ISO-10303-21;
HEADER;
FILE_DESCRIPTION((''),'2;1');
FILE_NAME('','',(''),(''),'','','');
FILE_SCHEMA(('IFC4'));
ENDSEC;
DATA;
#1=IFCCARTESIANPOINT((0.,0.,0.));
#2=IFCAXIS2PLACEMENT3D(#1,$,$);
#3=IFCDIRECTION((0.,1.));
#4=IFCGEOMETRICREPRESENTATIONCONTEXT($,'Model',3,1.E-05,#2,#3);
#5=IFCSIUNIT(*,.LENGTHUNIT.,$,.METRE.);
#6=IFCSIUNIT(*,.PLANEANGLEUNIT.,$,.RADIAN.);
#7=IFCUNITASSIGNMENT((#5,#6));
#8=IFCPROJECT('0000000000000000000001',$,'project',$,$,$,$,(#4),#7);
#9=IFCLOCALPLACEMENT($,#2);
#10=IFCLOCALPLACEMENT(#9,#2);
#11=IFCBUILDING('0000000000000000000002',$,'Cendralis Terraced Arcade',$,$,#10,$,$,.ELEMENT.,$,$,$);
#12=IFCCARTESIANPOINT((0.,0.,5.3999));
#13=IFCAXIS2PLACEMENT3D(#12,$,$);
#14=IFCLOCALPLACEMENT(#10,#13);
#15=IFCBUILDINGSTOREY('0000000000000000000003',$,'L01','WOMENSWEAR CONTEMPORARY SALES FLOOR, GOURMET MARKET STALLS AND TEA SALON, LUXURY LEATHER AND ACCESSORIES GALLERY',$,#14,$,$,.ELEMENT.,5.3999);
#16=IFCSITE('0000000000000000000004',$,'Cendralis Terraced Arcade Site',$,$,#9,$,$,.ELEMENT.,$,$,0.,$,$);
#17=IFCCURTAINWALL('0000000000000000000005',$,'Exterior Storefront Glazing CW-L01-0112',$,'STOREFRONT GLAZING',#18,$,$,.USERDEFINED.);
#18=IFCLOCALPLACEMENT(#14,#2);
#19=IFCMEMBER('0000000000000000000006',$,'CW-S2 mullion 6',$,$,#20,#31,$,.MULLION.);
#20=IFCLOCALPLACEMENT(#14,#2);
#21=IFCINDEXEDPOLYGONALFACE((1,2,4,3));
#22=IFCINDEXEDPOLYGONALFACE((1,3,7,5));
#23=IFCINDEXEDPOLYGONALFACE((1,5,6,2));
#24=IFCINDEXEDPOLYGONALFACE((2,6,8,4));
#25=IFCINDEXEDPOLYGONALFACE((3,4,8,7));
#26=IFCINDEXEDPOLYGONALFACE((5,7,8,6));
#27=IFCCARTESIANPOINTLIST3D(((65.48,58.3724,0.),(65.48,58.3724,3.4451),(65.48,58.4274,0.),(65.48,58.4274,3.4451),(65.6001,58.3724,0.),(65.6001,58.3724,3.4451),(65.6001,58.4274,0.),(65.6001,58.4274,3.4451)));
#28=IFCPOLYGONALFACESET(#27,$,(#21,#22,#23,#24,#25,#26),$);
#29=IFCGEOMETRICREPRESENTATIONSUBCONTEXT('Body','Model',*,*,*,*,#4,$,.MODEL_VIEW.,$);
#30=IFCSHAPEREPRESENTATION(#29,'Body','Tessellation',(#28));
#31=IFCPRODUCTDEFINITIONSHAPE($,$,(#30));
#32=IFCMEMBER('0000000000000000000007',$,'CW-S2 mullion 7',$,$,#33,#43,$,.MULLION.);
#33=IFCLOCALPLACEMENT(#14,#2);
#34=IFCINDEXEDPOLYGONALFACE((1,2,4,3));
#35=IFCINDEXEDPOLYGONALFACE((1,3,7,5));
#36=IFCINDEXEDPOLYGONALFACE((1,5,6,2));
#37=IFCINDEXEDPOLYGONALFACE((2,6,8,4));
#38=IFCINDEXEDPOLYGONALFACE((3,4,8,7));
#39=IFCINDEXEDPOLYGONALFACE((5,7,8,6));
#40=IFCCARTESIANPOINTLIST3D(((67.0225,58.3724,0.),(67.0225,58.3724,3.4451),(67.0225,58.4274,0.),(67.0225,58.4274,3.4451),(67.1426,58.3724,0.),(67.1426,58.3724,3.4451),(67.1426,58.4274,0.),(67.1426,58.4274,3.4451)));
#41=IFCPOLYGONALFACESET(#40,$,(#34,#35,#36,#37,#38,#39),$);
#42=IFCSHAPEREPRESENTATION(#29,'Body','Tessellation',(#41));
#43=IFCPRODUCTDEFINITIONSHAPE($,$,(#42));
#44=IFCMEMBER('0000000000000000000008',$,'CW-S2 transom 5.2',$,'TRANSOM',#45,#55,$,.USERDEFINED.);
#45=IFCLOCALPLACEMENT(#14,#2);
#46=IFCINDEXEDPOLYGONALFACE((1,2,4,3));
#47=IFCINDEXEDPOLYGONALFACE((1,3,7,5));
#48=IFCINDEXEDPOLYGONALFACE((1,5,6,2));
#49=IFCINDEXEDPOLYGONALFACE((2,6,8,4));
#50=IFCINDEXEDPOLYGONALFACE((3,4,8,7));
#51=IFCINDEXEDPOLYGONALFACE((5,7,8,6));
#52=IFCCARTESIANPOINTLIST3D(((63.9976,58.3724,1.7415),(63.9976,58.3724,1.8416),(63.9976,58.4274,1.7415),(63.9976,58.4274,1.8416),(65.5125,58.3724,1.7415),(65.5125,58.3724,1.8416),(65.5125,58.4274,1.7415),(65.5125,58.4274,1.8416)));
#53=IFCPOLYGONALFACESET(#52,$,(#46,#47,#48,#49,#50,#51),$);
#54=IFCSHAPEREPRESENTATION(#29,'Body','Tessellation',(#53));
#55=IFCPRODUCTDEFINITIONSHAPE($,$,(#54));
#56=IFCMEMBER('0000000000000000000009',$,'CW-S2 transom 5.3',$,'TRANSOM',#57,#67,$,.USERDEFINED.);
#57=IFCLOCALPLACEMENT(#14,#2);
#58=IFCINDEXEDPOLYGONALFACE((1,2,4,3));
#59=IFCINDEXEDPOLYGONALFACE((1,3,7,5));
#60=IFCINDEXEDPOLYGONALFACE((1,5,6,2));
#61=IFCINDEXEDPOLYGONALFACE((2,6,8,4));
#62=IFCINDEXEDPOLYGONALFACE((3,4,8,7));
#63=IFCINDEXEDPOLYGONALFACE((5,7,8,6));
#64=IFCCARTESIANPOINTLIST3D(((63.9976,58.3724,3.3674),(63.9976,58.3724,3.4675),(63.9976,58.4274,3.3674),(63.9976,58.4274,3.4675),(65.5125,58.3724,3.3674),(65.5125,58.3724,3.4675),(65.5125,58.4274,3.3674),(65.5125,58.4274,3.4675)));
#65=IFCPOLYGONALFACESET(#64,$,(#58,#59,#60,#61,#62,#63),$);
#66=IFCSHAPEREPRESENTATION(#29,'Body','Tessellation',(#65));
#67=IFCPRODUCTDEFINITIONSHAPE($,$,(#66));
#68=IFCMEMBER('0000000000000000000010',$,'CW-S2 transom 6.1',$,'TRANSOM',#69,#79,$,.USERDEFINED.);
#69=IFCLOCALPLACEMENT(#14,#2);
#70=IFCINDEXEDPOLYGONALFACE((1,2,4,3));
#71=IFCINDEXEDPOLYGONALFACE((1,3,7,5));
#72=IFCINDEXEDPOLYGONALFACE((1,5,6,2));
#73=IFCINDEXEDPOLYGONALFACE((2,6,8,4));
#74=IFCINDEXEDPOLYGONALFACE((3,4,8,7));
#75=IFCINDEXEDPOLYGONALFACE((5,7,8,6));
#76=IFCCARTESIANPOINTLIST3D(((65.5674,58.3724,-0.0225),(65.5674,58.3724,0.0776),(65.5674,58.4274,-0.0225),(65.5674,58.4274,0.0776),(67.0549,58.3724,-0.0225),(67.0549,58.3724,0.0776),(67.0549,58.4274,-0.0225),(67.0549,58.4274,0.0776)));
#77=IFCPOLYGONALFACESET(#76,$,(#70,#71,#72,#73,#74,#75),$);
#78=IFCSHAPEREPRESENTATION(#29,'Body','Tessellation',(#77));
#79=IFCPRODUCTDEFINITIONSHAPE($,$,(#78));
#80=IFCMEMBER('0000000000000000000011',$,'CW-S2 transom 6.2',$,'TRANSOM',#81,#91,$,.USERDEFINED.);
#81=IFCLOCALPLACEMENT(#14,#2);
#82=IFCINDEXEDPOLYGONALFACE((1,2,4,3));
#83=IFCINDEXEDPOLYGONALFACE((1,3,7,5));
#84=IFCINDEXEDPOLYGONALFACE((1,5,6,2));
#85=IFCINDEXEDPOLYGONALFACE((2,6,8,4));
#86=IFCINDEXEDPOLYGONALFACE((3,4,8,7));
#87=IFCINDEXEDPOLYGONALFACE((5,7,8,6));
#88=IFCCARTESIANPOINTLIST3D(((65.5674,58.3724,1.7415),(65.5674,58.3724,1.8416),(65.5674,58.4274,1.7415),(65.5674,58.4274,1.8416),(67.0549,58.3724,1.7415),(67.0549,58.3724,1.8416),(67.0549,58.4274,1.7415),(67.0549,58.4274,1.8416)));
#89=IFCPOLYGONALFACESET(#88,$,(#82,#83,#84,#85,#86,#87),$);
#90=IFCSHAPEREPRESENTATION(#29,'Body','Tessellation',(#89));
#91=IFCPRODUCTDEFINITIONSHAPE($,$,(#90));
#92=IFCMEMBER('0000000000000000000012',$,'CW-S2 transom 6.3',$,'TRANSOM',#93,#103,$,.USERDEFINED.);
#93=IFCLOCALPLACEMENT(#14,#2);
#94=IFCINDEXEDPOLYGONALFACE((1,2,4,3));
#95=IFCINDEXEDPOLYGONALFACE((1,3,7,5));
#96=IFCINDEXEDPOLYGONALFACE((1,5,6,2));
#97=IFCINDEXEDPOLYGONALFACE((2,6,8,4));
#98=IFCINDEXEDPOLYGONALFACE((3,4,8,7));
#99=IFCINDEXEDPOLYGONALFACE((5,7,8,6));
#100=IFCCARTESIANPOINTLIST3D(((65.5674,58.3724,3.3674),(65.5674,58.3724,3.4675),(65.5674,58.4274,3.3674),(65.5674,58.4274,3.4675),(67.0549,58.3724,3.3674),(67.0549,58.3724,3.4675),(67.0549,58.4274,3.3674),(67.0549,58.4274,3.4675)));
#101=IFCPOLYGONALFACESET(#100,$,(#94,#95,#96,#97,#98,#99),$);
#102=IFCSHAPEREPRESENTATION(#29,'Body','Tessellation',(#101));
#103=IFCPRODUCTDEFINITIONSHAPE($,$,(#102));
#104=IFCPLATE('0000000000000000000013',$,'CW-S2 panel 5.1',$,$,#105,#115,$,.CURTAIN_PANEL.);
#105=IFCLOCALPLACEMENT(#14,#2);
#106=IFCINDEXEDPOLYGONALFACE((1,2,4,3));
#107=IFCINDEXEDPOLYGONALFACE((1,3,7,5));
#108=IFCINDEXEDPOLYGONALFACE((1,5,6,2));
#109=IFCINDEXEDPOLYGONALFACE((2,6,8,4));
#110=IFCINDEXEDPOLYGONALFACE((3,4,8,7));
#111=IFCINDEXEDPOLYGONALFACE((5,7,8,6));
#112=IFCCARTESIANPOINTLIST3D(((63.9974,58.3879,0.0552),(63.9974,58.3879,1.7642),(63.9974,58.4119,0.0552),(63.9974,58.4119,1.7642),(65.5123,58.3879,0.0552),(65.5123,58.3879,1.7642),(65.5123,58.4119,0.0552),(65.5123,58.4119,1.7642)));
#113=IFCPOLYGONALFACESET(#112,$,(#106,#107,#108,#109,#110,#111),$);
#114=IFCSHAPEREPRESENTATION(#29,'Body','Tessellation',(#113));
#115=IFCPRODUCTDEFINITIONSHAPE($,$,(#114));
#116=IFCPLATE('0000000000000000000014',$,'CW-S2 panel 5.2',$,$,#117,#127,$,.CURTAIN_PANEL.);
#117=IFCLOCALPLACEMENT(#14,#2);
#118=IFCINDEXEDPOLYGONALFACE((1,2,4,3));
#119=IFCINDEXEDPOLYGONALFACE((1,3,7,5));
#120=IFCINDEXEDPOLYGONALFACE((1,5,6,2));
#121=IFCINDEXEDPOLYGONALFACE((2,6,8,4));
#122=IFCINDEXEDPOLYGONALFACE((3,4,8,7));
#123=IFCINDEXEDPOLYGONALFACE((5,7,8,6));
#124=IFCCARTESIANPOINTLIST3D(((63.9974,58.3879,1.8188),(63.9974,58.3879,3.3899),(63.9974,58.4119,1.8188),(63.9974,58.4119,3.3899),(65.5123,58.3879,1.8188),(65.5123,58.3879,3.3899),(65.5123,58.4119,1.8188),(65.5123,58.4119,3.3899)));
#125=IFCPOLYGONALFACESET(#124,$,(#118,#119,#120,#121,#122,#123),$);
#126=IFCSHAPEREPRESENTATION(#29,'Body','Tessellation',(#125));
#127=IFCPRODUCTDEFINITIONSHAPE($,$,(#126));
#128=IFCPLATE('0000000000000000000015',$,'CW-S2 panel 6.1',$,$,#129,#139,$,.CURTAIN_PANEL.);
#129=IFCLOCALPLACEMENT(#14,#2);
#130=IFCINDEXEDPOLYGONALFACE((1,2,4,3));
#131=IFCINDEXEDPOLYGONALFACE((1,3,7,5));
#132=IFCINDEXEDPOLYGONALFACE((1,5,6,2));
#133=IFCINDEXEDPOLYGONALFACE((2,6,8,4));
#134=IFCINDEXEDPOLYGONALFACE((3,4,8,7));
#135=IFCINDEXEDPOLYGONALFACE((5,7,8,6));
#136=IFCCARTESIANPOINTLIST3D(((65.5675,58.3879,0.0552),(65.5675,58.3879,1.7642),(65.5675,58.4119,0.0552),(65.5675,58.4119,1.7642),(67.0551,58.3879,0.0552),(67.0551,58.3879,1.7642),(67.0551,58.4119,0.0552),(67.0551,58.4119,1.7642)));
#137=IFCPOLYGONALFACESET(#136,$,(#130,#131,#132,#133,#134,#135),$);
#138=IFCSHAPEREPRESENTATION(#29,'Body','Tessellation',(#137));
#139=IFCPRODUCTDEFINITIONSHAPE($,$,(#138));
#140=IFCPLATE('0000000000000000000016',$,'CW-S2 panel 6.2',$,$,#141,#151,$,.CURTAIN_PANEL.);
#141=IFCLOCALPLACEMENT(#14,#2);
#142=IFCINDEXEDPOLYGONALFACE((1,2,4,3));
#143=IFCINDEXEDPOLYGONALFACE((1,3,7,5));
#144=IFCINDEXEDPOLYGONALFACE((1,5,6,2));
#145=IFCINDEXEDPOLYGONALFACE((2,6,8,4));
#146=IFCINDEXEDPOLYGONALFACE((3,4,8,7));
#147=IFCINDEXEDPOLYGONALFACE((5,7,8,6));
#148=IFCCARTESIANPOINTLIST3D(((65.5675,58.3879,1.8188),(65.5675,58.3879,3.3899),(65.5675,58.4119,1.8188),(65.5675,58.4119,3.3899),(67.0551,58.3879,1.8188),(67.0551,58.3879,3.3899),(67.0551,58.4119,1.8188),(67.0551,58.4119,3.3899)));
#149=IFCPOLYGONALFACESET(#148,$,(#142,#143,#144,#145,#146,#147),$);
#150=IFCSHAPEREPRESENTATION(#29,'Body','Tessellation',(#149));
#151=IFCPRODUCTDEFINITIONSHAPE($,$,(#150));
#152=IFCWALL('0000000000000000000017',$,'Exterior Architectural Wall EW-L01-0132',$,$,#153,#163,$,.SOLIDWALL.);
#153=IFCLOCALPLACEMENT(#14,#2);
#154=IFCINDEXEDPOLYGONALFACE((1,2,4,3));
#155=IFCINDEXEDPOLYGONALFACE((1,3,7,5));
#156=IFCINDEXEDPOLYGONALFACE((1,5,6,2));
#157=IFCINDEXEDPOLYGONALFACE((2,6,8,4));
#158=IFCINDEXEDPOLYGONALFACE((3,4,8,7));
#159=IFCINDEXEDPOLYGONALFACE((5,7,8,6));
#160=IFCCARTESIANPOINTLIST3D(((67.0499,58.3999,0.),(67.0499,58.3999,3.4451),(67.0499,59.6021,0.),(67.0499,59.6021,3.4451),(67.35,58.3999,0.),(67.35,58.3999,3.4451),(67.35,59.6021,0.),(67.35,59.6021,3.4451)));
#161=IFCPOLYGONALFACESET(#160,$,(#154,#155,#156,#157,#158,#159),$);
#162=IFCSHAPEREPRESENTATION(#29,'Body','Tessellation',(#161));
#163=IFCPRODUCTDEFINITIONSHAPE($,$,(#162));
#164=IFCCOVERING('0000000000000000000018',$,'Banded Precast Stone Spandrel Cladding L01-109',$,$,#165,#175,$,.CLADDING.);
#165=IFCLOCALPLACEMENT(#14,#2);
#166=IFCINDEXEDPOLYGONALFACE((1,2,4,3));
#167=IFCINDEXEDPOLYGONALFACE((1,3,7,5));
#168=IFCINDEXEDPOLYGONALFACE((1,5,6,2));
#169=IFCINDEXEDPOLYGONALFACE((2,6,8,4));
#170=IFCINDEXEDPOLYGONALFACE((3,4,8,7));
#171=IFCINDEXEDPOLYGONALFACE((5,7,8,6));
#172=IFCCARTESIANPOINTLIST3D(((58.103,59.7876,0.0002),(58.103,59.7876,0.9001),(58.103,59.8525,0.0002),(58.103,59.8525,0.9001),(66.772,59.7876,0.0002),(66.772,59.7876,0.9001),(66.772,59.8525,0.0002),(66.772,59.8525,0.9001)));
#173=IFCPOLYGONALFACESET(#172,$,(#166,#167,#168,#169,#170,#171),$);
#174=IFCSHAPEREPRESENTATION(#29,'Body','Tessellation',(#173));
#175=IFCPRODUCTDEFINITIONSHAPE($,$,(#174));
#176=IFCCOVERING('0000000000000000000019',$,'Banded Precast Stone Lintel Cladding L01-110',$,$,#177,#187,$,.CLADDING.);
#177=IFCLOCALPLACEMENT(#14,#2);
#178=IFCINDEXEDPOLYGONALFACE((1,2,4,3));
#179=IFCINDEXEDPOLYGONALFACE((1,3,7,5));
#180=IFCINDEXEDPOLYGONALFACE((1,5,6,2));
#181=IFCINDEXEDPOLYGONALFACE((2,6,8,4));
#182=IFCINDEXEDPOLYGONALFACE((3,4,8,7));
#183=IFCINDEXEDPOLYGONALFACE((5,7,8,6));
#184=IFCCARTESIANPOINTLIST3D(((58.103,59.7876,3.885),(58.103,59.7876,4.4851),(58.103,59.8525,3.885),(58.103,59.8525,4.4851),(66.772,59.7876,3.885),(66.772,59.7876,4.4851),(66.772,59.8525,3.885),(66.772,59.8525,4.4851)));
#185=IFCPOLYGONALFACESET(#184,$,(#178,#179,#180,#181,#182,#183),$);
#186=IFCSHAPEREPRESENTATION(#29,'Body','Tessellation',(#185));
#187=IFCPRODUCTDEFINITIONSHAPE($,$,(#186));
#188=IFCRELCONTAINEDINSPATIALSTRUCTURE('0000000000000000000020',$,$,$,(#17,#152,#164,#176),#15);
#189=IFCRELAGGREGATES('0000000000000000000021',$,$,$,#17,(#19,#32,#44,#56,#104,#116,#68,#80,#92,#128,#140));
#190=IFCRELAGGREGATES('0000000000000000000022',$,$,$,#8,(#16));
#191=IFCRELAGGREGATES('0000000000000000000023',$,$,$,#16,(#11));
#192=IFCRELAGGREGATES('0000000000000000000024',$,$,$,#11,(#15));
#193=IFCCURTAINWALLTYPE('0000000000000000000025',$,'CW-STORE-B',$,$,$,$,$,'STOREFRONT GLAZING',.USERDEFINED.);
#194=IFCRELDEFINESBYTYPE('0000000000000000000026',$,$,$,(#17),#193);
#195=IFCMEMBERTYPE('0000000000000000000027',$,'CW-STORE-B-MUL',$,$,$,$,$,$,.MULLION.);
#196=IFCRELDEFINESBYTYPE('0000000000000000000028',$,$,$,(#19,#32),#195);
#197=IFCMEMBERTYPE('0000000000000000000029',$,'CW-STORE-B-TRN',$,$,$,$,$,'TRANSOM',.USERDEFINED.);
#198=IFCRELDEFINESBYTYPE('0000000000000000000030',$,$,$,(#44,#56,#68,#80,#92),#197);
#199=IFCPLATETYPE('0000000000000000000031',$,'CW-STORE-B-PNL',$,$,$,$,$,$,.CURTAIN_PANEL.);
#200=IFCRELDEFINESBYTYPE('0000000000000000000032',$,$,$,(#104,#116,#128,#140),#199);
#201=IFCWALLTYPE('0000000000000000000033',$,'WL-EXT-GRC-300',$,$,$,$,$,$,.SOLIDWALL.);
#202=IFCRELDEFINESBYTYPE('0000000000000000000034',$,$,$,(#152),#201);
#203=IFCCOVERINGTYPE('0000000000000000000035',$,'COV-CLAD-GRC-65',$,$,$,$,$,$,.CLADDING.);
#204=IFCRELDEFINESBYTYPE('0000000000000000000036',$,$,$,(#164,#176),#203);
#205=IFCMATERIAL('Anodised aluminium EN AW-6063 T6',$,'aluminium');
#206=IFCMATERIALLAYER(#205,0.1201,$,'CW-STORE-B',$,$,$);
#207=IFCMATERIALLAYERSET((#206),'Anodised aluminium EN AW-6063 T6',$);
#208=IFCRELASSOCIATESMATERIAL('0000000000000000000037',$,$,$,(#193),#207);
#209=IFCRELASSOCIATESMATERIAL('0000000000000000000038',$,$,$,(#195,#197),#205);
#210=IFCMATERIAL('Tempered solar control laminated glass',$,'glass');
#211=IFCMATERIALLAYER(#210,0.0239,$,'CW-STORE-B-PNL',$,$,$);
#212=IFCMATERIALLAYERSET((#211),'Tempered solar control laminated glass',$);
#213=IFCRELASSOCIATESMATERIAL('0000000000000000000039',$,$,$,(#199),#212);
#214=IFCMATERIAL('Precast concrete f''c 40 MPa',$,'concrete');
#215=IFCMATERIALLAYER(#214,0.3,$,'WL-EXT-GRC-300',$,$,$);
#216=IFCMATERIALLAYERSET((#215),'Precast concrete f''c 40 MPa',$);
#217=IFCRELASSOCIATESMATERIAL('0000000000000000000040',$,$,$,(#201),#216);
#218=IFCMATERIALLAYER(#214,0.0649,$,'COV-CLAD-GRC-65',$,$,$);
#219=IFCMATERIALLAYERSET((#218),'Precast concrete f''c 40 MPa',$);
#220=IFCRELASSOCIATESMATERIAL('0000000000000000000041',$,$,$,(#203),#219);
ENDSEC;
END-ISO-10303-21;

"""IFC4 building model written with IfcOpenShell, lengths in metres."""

from ifc_helpers import new_model, si_unit, direction, frame, frame_2d, origin, origin_2d, place, context, subcontext, project, spatial, rectangle, extrude, material, layer, layer_set, material_profile, profile_set, type_object, element, aggregate, save


model = new_model("IFC4")

# Units and contexts
model_context = context("Model", 3, precision=1e-05, world=origin(), true_north=direction((0.0, 1.0)))
body_context = subcontext(model_context, "Body", "Model", "MODEL_VIEW")
ifc_project = project(units=[si_unit("LENGTHUNIT", "METRE"), si_unit("PLANEANGLEUNIT", "RADIAN")], contexts=[model_context])

# Site, building, storey
site_placement = place(None, origin())
site = spatial("IfcSite", under=ifc_project, at=site_placement, Name="Cendralis Terraced Arcade Site", CompositionType="ELEMENT", RefElevation=0.0)
building_placement = place(site_placement, origin())
building = spatial("IfcBuilding", under=site, at=building_placement, Name="Cendralis Terraced Arcade", CompositionType="ELEMENT")
storey_placement = place(building_placement, frame((0.0, 0.0, 5.3999)))
storey = spatial("IfcBuildingStorey", under=building, at=storey_placement, Name="L01", Description="WOMENSWEAR CONTEMPORARY SALES FLOOR, GOURMET MARKET STALLS AND TEA SALON, LUXURY LEATHER AND ACCESSORIES GALLERY", CompositionType="ELEMENT", Elevation=5.3999)

# Curtain wall, members, plates
ifc_material_1 = material(Name="Anodised aluminium EN AW-6063 T6", Category="aluminium")
ifc_layer_1 = layer(ifc_material_1, 0.1201, Name="CW-STORE-B")
ifc_layer_set_1 = layer_set([ifc_layer_1], Name="Anodised aluminium EN AW-6063 T6")
curtain_wall_type = type_object("IfcCurtainWallType", Name="CW-STORE-B", ElementType="STOREFRONT GLAZING", PredefinedType="USERDEFINED", material=ifc_layer_set_1)
curtain_wall_placement = place(storey_placement, origin())
curtain_wall = element("IfcCurtainWall", 1, at=curtain_wall_placement, inside=storey, type_object=curtain_wall_type, Name="Exterior Storefront Glazing CW-L01-0112", ObjectType="STOREFRONT GLAZING", PredefinedType="USERDEFINED")
ifc_material_profile_1 = material_profile(ifc_material_1, rectangle(XDim=0.0549, YDim=0.1201, at=origin_2d()), Name="ALU-MUL-55x120")
ifc_profile_set_1 = profile_set([ifc_material_profile_1], Name="Anodised aluminium EN AW-6063 T6")
member_type_1 = type_object("IfcMemberType", Name="CW-STORE-B-MUL", PredefinedType="MULLION", material=ifc_profile_set_1)
member_1_placement = place(storey_placement, frame((65.54, 58.3999, 0.0), z_axis=(0.0, 0.0, 1.0), x_axis=(0.0, 1.0, 0.0)))
member_1 = element("IfcMember", 2, at=member_1_placement, type_object=member_type_1, Name="CW-S2 mullion 6", PredefinedType="MULLION", context=body_context, shape_type="SweptSolid", body=[
    extrude(rectangle(XDim=0.0549, YDim=0.1201, at=origin_2d()), origin(), (0.0, 0.0, 1.0), 3.4451),
])
member_2_placement = place(storey_placement, frame((67.0825, 58.3999, 0.0), z_axis=(0.0, 0.0, 1.0), x_axis=(0.0, 1.0, 0.0)))
member_2 = element("IfcMember", 3, at=member_2_placement, type_object=member_type_1, Name="CW-S2 mullion 7", PredefinedType="MULLION", context=body_context, shape_type="SweptSolid", body=[
    extrude(rectangle(XDim=0.0549, YDim=0.1201, at=origin_2d()), origin(), (0.0, 0.0, 1.0), 3.4451),
])
ifc_material_profile_2 = material_profile(ifc_material_1, rectangle(XDim=0.0549, YDim=0.1001, at=origin_2d()), Name="ALU-TRN-55x100")
ifc_profile_set_2 = profile_set([ifc_material_profile_2], Name="Anodised aluminium EN AW-6063 T6")
member_type_2 = type_object("IfcMemberType", Name="CW-STORE-B-TRN", ElementType="TRANSOM", PredefinedType="USERDEFINED", material=ifc_profile_set_2)
member_3_placement = place(storey_placement, frame((63.9976, 58.3999, 1.7915), z_axis=(1.0, 0.0, 0.0), x_axis=(0.0, 1.0, 0.0)))
member_3 = element("IfcMember", 4, at=member_3_placement, type_object=member_type_2, Name="CW-S2 transom 5.2", ObjectType="TRANSOM", PredefinedType="USERDEFINED", context=body_context, shape_type="SweptSolid", body=[
    extrude(rectangle(XDim=0.0549, YDim=0.1001, at=origin_2d()), origin(), (0.0, 0.0, 1.0), 1.5149),
])
member_4_placement = place(storey_placement, frame((63.9976, 58.3999, 3.4175), z_axis=(1.0, 0.0, 0.0), x_axis=(0.0, 1.0, 0.0)))
member_4 = element("IfcMember", 5, at=member_4_placement, type_object=member_type_2, Name="CW-S2 transom 5.3", ObjectType="TRANSOM", PredefinedType="USERDEFINED", context=body_context, shape_type="SweptSolid", body=[
    extrude(rectangle(XDim=0.0549, YDim=0.1001, at=origin_2d()), origin(), (0.0, 0.0, 1.0), 1.5149),
])
member_5_placement = place(storey_placement, frame((65.5674, 58.3999, 0.0276), z_axis=(1.0, 0.0, 0.0), x_axis=(0.0, 1.0, 0.0)))
member_5 = element("IfcMember", 6, at=member_5_placement, type_object=member_type_2, Name="CW-S2 transom 6.1", ObjectType="TRANSOM", PredefinedType="USERDEFINED", context=body_context, shape_type="SweptSolid", body=[
    extrude(rectangle(XDim=0.0549, YDim=0.1001, at=origin_2d()), origin(), (0.0, 0.0, 1.0), 1.4875),
])
member_6_placement = place(storey_placement, frame((65.5674, 58.3999, 1.7915), z_axis=(1.0, 0.0, 0.0), x_axis=(0.0, 1.0, 0.0)))
member_6 = element("IfcMember", 7, at=member_6_placement, type_object=member_type_2, Name="CW-S2 transom 6.2", ObjectType="TRANSOM", PredefinedType="USERDEFINED", context=body_context, shape_type="SweptSolid", body=[
    extrude(rectangle(XDim=0.0549, YDim=0.1001, at=origin_2d()), origin(), (0.0, 0.0, 1.0), 1.4875),
])
member_7_placement = place(storey_placement, frame((65.5674, 58.3999, 3.4175), z_axis=(1.0, 0.0, 0.0), x_axis=(0.0, 1.0, 0.0)))
member_7 = element("IfcMember", 8, at=member_7_placement, type_object=member_type_2, Name="CW-S2 transom 6.3", ObjectType="TRANSOM", PredefinedType="USERDEFINED", context=body_context, shape_type="SweptSolid", body=[
    extrude(rectangle(XDim=0.0549, YDim=0.1001, at=origin_2d()), origin(), (0.0, 0.0, 1.0), 1.4875),
])
ifc_material_2 = material(Name="Tempered solar control laminated glass", Category="glass")
ifc_layer_2 = layer(ifc_material_2, 0.0239, Name="CW-STORE-B-PNL")
ifc_layer_set_2 = layer_set([ifc_layer_2], Name="Tempered solar control laminated glass")
plate_type = type_object("IfcPlateType", Name="CW-STORE-B-PNL", PredefinedType="CURTAIN_PANEL", material=ifc_layer_set_2)
plate_1_placement = place(storey_placement, frame((64.7549, 58.3999, 0.0552), z_axis=(0.0, 0.0, 1.0), x_axis=(1.0, 0.0, 0.0)))
plate_1 = element("IfcPlate", 9, at=plate_1_placement, type_object=plate_type, Name="CW-S2 panel 5.1", PredefinedType="CURTAIN_PANEL", context=body_context, shape_type="SweptSolid", body=[
    extrude(rectangle(XDim=1.5149, YDim=0.0239, at=origin_2d()), origin(), (0.0, 0.0, 1.0), 1.709),
])
plate_2_placement = place(storey_placement, frame((64.7549, 58.3999, 1.8188), z_axis=(0.0, 0.0, 1.0), x_axis=(1.0, 0.0, 0.0)))
plate_2 = element("IfcPlate", 10, at=plate_2_placement, type_object=plate_type, Name="CW-S2 panel 5.2", PredefinedType="CURTAIN_PANEL", context=body_context, shape_type="SweptSolid", body=[
    extrude(rectangle(XDim=1.5149, YDim=0.0239, at=origin_2d()), origin(), (0.0, 0.0, 1.0), 1.571),
])
plate_3_placement = place(storey_placement, frame((66.3113, 58.3999, 0.0552), z_axis=(0.0, 0.0, 1.0), x_axis=(1.0, 0.0, 0.0)))
plate_3 = element("IfcPlate", 11, at=plate_3_placement, type_object=plate_type, Name="CW-S2 panel 6.1", PredefinedType="CURTAIN_PANEL", context=body_context, shape_type="SweptSolid", body=[
    extrude(rectangle(XDim=1.4875, YDim=0.0239, at=origin_2d()), origin(), (0.0, 0.0, 1.0), 1.709),
])
plate_4_placement = place(storey_placement, frame((66.3113, 58.3999, 1.8188), z_axis=(0.0, 0.0, 1.0), x_axis=(1.0, 0.0, 0.0)))
plate_4 = element("IfcPlate", 12, at=plate_4_placement, type_object=plate_type, Name="CW-S2 panel 6.2", PredefinedType="CURTAIN_PANEL", context=body_context, shape_type="SweptSolid", body=[
    extrude(rectangle(XDim=1.4875, YDim=0.0239, at=origin_2d()), origin(), (0.0, 0.0, 1.0), 1.571),
])
aggregate(curtain_wall, [member_1, member_2, member_3, member_4, plate_1, plate_2, member_5, member_6, member_7, plate_3, plate_4])

# Wall
ifc_material_3 = material(Name="Precast concrete f'c 40 MPa", Category="concrete")
ifc_layer_3 = layer(ifc_material_3, 0.3, Name="WL-EXT-GRC-300")
ifc_layer_set_3 = layer_set([ifc_layer_3], Name="Precast concrete f'c 40 MPa")
wall_type = type_object("IfcWallType", Name="WL-EXT-GRC-300", PredefinedType="SOLIDWALL", material=ifc_layer_set_3)
wall_placement = place(storey_placement, frame((67.2, 58.3999, 0.0), z_axis=(0.0, 0.0, 1.0), x_axis=(0.0, 1.0, 0.0)))
element("IfcWall", 13, at=wall_placement, inside=storey, type_object=wall_type, Name="Exterior Architectural Wall EW-L01-0132", PredefinedType="SOLIDWALL", context=body_context, shape_type="SweptSolid", body=[
    extrude(rectangle(XDim=1.2021, YDim=0.3, at=frame_2d((0.6011, 0.0))), origin(), (0.0, 0.0, 1.0), 3.4451),
])

# Coverings
ifc_layer_4 = layer(ifc_material_3, 0.0649, Name="COV-CLAD-GRC-65")
ifc_layer_set_4 = layer_set([ifc_layer_4], Name="Precast concrete f'c 40 MPa")
covering_type = type_object("IfcCoveringType", Name="COV-CLAD-GRC-65", PredefinedType="CLADDING", material=ifc_layer_set_4)
covering_1_placement = place(storey_placement, frame((62.4375, 59.8201, 0.0002), z_axis=(0.0, 0.0, 1.0), x_axis=(-1.0, 0.0, 0.0)))
element("IfcCovering", 14, at=covering_1_placement, inside=storey, type_object=covering_type, Name="Banded Precast Stone Spandrel Cladding L01-109", PredefinedType="CLADDING", context=body_context, shape_type="SweptSolid", body=[
    extrude(rectangle(XDim=8.6689, YDim=0.0649, at=origin_2d()), origin(), (0.0, 0.0, 1.0), 0.8999),
])
covering_2_placement = place(storey_placement, frame((62.4375, 59.8201, 3.885), z_axis=(0.0, 0.0, 1.0), x_axis=(-1.0, 0.0, 0.0)))
element("IfcCovering", 15, at=covering_2_placement, inside=storey, type_object=covering_type, Name="Banded Precast Stone Lintel Cladding L01-110", PredefinedType="CLADDING", context=body_context, shape_type="SweptSolid", body=[
    extrude(rectangle(XDim=8.6689, YDim=0.0649, at=origin_2d()), origin(), (0.0, 0.0, 1.0), 0.6001),
])

save(model, "model.ifc")
